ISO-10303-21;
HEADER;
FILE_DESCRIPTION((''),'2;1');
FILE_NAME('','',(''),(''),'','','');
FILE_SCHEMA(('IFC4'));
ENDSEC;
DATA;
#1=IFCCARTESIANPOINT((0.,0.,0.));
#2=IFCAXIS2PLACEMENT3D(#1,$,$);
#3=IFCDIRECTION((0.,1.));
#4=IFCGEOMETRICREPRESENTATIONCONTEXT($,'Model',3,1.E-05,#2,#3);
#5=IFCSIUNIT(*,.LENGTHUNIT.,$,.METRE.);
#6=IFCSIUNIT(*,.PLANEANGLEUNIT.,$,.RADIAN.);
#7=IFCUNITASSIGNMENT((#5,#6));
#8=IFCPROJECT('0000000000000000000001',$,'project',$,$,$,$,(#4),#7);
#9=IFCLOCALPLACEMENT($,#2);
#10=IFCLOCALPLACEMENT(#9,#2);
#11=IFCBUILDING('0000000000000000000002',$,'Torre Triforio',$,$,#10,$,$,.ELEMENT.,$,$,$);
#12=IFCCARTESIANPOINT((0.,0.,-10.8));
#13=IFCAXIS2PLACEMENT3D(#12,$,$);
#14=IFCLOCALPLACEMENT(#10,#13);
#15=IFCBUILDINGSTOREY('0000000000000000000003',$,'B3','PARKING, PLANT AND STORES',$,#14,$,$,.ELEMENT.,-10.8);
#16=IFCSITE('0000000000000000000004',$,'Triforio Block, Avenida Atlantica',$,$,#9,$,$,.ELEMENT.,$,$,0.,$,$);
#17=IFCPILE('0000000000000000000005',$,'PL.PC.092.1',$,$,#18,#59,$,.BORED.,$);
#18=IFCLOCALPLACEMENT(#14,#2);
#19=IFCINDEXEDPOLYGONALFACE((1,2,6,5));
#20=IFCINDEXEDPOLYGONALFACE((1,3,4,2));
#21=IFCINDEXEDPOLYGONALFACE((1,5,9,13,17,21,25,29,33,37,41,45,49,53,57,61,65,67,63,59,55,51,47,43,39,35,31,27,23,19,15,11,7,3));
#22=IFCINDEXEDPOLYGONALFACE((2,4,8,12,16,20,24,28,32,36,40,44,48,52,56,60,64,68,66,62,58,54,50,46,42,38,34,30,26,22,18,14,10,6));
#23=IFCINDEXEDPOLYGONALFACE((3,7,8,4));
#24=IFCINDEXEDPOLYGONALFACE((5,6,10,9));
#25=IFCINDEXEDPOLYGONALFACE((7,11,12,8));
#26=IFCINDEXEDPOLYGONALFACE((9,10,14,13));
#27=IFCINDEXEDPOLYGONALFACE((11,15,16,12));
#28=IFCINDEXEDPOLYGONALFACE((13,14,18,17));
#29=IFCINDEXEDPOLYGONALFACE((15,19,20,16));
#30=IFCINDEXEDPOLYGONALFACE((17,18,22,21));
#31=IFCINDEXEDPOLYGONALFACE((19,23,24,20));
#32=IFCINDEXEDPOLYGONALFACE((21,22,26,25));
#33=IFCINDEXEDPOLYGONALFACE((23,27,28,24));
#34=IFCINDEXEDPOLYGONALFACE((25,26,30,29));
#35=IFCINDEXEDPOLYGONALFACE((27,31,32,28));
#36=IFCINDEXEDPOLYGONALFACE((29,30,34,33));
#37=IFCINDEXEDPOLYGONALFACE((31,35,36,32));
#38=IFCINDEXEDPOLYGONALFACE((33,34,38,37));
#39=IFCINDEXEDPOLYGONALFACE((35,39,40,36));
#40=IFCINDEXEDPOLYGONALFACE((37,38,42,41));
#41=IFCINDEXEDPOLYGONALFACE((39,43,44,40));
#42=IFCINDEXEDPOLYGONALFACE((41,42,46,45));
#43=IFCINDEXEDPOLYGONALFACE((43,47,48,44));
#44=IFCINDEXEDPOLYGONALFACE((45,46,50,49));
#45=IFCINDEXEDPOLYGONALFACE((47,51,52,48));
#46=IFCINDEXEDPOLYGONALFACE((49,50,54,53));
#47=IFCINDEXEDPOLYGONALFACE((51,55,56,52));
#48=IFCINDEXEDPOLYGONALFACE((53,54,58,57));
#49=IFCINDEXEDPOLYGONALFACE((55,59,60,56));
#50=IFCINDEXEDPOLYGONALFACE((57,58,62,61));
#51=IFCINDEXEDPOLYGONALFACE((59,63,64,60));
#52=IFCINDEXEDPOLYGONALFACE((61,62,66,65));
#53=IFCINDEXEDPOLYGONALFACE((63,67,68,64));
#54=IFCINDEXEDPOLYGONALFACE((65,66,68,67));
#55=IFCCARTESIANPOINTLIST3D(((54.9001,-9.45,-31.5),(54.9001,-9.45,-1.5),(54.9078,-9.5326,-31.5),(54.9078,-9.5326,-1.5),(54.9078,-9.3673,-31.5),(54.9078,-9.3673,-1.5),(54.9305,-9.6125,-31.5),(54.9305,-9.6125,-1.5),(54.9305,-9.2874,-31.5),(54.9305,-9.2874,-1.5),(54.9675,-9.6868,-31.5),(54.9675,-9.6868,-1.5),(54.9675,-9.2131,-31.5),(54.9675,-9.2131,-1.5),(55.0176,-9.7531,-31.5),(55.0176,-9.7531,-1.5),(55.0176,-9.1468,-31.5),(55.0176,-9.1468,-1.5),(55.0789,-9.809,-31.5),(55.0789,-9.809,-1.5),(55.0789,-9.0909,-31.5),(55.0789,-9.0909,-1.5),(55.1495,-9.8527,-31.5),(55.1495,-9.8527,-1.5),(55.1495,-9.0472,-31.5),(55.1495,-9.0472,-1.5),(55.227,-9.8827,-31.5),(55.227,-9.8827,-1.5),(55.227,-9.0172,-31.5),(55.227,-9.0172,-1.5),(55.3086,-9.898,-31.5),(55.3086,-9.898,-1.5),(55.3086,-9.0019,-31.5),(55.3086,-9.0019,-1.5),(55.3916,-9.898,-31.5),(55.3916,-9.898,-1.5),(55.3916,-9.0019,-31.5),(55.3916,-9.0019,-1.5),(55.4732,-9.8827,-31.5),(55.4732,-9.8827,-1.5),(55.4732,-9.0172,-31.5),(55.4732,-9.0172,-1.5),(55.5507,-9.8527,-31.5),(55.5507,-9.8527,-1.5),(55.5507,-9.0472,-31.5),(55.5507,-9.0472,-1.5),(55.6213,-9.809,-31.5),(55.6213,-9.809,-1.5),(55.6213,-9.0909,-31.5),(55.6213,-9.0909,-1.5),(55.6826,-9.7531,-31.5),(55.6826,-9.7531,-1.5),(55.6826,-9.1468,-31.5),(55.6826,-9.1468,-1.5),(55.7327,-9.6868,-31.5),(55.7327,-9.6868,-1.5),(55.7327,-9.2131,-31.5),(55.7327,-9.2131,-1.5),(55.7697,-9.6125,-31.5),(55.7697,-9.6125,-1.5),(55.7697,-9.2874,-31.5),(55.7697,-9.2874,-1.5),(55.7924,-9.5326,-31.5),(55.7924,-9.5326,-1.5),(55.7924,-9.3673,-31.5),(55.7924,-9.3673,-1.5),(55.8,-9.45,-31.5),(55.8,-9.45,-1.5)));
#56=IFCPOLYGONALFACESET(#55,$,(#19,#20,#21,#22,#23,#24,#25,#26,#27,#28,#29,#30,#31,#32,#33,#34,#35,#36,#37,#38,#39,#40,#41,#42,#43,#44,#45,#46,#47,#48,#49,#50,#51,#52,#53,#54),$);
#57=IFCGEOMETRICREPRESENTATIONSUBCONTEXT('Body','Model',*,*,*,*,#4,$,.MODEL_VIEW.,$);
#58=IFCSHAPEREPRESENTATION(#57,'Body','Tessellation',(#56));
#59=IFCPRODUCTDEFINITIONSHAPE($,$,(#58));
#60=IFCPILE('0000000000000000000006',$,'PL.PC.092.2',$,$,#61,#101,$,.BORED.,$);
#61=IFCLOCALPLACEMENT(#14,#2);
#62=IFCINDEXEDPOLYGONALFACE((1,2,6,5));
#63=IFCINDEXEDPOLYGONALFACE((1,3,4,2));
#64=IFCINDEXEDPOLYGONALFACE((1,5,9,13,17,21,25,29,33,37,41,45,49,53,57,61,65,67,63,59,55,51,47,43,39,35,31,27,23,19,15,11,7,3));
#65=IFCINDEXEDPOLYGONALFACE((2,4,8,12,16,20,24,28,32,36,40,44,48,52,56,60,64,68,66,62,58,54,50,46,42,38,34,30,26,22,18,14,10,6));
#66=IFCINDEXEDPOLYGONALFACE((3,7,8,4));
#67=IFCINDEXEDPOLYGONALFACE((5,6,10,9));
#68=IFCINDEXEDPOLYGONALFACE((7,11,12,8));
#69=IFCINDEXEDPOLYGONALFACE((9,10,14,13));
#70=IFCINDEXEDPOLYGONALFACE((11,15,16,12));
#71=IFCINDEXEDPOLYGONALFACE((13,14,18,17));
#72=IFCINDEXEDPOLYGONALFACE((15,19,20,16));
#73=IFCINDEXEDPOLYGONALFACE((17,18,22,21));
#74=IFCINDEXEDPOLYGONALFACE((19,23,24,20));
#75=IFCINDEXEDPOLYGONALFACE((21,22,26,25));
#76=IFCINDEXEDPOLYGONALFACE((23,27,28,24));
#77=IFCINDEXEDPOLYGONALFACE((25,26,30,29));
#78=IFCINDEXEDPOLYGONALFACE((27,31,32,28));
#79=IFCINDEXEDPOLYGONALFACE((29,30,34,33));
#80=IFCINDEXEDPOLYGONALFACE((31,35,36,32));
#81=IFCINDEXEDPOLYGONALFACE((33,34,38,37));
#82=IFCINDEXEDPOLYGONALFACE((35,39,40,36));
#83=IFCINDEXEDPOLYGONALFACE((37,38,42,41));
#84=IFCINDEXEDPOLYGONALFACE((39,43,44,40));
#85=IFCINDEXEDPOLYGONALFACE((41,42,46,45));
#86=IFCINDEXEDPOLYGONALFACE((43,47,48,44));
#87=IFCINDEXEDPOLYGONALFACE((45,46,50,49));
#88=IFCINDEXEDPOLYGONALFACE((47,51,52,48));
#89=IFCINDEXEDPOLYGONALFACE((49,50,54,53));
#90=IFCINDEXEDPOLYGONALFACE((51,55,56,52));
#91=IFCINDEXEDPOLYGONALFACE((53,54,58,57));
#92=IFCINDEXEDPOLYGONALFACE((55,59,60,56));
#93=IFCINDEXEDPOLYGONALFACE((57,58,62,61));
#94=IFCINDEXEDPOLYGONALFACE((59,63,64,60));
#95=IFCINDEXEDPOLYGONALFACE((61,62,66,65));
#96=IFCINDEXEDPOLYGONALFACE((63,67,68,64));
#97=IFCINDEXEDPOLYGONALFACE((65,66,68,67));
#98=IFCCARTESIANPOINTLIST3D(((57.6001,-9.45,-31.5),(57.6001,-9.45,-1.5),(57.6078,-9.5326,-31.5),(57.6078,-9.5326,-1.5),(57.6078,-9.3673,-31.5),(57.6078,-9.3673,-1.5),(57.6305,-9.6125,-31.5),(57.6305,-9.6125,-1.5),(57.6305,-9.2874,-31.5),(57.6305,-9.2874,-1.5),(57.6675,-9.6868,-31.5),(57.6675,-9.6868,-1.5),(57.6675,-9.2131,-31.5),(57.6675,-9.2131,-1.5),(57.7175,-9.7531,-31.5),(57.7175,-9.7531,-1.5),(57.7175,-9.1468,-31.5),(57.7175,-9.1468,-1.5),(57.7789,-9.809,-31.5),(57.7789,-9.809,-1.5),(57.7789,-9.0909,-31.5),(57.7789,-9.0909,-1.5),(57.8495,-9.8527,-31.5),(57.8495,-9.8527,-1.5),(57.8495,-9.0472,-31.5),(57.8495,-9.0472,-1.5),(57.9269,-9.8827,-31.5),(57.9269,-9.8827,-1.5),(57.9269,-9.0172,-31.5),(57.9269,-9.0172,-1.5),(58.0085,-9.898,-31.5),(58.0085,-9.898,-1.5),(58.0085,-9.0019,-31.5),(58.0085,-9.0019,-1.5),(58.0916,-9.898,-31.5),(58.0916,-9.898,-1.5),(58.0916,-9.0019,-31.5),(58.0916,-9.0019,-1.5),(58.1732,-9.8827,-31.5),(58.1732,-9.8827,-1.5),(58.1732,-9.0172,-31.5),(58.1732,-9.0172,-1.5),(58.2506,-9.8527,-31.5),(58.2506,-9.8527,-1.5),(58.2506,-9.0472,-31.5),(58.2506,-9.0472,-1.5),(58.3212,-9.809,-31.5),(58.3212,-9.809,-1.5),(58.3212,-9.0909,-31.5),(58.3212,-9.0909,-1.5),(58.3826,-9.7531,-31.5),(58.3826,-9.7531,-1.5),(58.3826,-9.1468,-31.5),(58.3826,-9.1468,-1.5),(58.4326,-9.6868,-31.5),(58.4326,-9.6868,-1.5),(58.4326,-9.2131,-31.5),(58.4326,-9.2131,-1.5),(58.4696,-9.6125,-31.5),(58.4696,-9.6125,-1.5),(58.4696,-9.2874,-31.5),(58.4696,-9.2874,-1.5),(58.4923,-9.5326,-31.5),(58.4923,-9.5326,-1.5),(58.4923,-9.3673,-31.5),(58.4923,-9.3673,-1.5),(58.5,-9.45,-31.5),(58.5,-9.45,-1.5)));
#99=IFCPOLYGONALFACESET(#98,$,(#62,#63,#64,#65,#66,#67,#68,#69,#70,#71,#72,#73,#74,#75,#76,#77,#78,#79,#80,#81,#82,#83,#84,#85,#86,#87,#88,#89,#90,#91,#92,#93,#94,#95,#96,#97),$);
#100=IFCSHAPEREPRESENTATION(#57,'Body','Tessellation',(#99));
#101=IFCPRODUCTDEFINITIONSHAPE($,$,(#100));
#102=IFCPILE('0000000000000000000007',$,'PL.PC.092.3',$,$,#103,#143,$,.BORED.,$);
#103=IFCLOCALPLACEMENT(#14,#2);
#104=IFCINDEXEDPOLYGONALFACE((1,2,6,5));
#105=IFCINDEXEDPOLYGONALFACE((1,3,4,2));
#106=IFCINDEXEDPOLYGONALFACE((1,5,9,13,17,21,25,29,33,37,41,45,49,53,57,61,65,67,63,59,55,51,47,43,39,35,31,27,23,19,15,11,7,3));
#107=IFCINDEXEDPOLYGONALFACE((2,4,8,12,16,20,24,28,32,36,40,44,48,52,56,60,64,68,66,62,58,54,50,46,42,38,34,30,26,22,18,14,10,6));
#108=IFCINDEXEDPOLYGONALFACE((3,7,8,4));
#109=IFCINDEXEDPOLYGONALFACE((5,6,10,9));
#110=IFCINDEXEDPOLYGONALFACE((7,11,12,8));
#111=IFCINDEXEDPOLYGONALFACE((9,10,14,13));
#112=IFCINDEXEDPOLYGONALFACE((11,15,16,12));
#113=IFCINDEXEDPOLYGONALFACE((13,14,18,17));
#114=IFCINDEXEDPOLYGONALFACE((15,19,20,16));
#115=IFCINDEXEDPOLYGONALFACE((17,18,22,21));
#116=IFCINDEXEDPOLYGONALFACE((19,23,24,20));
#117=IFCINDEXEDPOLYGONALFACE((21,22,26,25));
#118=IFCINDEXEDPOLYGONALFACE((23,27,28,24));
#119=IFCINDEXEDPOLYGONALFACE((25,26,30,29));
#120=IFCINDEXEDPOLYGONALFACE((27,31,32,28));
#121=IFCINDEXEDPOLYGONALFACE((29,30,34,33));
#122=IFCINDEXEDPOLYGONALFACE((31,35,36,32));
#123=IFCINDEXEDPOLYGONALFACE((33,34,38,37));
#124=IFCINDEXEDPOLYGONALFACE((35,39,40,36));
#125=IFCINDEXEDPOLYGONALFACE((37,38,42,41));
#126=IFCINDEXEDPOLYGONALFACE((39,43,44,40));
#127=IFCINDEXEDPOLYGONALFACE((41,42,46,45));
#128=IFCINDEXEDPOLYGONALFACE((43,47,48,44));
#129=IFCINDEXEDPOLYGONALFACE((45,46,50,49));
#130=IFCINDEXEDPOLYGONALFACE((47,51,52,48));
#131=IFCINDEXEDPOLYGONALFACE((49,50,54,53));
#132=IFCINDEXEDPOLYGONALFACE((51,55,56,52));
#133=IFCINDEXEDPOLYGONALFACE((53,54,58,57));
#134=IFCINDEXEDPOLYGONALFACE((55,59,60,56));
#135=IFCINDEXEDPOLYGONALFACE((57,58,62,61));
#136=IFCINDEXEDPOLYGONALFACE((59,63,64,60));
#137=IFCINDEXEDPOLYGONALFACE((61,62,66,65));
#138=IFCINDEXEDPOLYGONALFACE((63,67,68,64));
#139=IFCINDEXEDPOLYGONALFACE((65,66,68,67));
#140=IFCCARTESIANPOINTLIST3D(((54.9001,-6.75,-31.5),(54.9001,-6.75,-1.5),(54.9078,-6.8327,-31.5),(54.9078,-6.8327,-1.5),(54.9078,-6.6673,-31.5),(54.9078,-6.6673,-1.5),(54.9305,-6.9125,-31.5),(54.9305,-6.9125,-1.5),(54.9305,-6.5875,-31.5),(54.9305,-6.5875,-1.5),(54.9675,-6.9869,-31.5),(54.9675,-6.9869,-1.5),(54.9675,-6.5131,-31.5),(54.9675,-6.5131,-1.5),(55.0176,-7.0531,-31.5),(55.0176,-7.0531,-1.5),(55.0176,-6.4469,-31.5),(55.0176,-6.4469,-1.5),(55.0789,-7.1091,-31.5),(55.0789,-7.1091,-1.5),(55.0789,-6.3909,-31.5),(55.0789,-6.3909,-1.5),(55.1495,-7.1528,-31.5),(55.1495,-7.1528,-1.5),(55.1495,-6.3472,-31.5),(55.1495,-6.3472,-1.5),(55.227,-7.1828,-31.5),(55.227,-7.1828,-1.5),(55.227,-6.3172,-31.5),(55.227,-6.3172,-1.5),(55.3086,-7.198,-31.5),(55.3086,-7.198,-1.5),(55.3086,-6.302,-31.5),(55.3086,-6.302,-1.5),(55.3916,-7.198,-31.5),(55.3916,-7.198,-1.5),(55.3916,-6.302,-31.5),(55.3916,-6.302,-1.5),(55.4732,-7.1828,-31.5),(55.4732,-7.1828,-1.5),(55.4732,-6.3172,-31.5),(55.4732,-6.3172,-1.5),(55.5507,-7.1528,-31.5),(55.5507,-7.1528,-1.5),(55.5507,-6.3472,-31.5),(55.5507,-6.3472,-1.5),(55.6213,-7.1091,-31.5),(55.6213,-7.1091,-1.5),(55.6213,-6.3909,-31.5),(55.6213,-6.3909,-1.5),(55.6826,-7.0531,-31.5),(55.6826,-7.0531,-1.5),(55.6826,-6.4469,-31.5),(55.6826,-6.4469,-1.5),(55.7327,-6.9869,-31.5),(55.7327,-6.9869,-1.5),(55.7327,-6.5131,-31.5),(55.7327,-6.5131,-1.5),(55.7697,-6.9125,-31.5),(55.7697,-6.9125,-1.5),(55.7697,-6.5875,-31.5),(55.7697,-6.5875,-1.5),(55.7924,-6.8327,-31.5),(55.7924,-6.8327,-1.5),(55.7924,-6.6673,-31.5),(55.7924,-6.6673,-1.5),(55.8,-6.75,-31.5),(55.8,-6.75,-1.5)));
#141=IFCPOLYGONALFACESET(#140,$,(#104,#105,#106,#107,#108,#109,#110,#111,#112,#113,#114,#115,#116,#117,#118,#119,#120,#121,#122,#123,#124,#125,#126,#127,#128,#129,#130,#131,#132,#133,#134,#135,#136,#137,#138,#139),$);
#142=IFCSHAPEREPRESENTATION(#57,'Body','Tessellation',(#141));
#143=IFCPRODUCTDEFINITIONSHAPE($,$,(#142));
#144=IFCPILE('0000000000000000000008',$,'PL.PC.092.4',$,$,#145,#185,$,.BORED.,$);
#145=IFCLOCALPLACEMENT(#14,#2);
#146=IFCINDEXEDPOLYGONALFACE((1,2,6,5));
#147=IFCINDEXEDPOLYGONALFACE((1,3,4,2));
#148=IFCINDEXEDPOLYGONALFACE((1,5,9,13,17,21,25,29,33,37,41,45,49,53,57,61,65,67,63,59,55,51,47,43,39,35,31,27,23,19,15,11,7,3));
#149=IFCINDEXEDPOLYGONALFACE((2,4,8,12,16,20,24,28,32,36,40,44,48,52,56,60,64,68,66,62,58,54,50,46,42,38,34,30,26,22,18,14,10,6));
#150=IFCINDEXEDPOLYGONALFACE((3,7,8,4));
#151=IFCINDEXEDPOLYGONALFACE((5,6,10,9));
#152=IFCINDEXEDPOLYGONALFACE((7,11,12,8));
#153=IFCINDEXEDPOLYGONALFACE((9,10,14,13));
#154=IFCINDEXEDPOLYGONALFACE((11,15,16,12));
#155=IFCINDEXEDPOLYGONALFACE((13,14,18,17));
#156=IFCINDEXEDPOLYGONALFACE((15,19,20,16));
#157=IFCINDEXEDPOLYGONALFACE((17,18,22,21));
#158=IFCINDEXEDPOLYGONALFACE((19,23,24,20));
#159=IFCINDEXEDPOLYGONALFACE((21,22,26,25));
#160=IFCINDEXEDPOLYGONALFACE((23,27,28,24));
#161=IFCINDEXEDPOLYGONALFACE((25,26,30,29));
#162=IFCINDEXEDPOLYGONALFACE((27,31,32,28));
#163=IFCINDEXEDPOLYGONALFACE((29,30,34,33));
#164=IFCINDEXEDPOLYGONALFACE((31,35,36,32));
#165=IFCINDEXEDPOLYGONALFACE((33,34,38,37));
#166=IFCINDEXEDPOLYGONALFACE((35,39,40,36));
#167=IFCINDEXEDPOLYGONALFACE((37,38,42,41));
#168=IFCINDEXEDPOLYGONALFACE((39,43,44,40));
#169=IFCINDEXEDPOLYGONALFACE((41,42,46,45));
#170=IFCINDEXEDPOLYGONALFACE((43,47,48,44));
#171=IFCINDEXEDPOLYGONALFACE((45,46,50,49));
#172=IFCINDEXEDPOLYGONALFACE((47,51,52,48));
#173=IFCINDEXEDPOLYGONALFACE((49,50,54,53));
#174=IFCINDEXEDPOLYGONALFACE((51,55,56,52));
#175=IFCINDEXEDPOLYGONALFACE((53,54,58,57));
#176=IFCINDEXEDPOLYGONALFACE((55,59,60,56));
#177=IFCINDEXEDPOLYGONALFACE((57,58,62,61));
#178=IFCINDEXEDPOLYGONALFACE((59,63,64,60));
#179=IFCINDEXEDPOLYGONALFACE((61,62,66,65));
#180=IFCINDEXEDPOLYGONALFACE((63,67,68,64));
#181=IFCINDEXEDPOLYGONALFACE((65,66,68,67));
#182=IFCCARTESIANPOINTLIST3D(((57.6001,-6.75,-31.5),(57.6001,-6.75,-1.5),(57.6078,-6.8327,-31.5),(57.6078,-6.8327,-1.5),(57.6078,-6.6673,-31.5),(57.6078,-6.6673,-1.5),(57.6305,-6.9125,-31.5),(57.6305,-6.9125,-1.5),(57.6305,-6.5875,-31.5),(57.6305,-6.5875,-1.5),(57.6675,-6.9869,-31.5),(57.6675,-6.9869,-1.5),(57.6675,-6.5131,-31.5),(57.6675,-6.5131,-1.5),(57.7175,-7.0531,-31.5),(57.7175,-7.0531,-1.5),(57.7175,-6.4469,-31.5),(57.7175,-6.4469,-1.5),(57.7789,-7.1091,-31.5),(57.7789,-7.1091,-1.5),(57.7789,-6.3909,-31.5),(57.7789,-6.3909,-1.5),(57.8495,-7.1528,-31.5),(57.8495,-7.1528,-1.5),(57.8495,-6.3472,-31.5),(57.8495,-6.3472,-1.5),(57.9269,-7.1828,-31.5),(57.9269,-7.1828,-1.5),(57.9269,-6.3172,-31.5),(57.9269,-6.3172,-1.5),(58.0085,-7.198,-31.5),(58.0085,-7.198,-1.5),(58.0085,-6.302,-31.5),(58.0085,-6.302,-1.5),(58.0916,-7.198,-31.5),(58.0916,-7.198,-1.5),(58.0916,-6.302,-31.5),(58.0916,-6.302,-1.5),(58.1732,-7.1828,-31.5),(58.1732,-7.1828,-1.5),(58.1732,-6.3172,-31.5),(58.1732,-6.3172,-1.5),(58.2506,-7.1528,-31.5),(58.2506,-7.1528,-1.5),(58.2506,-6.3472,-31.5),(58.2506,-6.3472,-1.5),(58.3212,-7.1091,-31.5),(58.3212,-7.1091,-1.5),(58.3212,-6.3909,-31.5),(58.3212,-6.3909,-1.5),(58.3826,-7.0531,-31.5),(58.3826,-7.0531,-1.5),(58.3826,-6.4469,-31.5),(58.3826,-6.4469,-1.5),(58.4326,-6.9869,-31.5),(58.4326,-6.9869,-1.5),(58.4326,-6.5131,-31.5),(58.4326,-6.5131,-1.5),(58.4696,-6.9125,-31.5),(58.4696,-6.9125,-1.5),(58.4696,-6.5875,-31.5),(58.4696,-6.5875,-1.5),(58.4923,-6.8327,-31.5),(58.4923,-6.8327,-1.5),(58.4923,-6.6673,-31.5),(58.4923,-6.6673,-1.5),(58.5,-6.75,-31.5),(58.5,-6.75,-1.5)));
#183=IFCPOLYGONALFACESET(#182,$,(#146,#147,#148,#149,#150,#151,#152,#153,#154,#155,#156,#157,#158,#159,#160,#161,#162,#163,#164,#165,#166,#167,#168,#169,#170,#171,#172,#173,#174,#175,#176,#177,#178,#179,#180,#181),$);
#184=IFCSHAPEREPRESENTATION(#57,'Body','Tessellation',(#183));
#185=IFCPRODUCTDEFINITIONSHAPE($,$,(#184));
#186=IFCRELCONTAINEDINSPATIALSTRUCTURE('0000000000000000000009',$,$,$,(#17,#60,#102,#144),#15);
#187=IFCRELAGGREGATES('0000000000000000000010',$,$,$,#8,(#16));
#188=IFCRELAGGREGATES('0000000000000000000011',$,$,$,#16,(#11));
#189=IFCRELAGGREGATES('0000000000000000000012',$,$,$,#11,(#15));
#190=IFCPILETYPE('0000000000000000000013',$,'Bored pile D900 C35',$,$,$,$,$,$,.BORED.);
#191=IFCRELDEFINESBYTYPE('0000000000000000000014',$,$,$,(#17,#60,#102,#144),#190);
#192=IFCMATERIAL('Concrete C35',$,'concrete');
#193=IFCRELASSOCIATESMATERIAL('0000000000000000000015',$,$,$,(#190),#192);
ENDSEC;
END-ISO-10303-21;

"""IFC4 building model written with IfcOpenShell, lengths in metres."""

from ifc_helpers import new_model, si_unit, direction, frame, origin, origin_2d, place, context, subcontext, project, spatial, circle, extrude, material, material_profile, profile_set, type_object, element, save


model = new_model("IFC4")

# Units and contexts
model_context = context("Model", 3, precision=1e-05, world=origin(), true_north=direction((0.0, 1.0)))
body_context = subcontext(model_context, "Body", "Model", "MODEL_VIEW")
ifc_project = project(units=[si_unit("LENGTHUNIT", "METRE"), si_unit("PLANEANGLEUNIT", "RADIAN")], contexts=[model_context])

# Site, building, storey
site_placement = place(None, origin())
site = spatial("IfcSite", under=ifc_project, at=site_placement, Name="Triforio Block, Avenida Atlantica", CompositionType="ELEMENT", RefElevation=0.0)
building_placement = place(site_placement, origin())
building = spatial("IfcBuilding", under=site, at=building_placement, Name="Torre Triforio", CompositionType="ELEMENT")
storey_placement = place(building_placement, frame((0.0, 0.0, -10.8)))
storey = spatial("IfcBuildingStorey", under=building, at=storey_placement, Name="B3", Description="PARKING, PLANT AND STORES", CompositionType="ELEMENT", Elevation=-10.8)

# Piles
ifc_material_1 = material(Name="Concrete C35", Category="concrete")
ifc_material_profile_1 = material_profile(ifc_material_1, circle(Radius=0.45, at=origin_2d()), Name="RC D900")
ifc_profile_set_1 = profile_set([ifc_material_profile_1], Name="Concrete C35")
pile_type = type_object("IfcPileType", Name="Bored pile D900 C35", PredefinedType="BORED", material=ifc_profile_set_1)
for number, where, z_axis, x_axis, name in (
    (1, (55.3501, -9.45, -1.5), (0.0, 0.0, -1.0), (1.0, 0.0, 0.0), "PL.PC.092.1"),
    (2, (58.05, -9.45, -1.5), (0.0, 0.0, -1.0), (1.0, 0.0, 0.0), "PL.PC.092.2"),
    (3, (55.3501, -6.75, -1.5), (0.0, 0.0, -1.0), (1.0, 0.0, 0.0), "PL.PC.092.3"),
    (4, (58.05, -6.75, -1.5), (0.0, 0.0, -1.0), (1.0, 0.0, 0.0), "PL.PC.092.4"),
):
    element("IfcPile", number, at=place(storey_placement, frame(where, z_axis=z_axis, x_axis=x_axis)), inside=storey, type_object=pile_type, Name=name, PredefinedType="BORED", context=body_context, shape_type="SweptSolid", body=[
        extrude(circle(Radius=0.45, at=origin_2d()), origin(), (0.0, 0.0, 1.0), 30.0),
    ])

save(model, "model.ifc")
